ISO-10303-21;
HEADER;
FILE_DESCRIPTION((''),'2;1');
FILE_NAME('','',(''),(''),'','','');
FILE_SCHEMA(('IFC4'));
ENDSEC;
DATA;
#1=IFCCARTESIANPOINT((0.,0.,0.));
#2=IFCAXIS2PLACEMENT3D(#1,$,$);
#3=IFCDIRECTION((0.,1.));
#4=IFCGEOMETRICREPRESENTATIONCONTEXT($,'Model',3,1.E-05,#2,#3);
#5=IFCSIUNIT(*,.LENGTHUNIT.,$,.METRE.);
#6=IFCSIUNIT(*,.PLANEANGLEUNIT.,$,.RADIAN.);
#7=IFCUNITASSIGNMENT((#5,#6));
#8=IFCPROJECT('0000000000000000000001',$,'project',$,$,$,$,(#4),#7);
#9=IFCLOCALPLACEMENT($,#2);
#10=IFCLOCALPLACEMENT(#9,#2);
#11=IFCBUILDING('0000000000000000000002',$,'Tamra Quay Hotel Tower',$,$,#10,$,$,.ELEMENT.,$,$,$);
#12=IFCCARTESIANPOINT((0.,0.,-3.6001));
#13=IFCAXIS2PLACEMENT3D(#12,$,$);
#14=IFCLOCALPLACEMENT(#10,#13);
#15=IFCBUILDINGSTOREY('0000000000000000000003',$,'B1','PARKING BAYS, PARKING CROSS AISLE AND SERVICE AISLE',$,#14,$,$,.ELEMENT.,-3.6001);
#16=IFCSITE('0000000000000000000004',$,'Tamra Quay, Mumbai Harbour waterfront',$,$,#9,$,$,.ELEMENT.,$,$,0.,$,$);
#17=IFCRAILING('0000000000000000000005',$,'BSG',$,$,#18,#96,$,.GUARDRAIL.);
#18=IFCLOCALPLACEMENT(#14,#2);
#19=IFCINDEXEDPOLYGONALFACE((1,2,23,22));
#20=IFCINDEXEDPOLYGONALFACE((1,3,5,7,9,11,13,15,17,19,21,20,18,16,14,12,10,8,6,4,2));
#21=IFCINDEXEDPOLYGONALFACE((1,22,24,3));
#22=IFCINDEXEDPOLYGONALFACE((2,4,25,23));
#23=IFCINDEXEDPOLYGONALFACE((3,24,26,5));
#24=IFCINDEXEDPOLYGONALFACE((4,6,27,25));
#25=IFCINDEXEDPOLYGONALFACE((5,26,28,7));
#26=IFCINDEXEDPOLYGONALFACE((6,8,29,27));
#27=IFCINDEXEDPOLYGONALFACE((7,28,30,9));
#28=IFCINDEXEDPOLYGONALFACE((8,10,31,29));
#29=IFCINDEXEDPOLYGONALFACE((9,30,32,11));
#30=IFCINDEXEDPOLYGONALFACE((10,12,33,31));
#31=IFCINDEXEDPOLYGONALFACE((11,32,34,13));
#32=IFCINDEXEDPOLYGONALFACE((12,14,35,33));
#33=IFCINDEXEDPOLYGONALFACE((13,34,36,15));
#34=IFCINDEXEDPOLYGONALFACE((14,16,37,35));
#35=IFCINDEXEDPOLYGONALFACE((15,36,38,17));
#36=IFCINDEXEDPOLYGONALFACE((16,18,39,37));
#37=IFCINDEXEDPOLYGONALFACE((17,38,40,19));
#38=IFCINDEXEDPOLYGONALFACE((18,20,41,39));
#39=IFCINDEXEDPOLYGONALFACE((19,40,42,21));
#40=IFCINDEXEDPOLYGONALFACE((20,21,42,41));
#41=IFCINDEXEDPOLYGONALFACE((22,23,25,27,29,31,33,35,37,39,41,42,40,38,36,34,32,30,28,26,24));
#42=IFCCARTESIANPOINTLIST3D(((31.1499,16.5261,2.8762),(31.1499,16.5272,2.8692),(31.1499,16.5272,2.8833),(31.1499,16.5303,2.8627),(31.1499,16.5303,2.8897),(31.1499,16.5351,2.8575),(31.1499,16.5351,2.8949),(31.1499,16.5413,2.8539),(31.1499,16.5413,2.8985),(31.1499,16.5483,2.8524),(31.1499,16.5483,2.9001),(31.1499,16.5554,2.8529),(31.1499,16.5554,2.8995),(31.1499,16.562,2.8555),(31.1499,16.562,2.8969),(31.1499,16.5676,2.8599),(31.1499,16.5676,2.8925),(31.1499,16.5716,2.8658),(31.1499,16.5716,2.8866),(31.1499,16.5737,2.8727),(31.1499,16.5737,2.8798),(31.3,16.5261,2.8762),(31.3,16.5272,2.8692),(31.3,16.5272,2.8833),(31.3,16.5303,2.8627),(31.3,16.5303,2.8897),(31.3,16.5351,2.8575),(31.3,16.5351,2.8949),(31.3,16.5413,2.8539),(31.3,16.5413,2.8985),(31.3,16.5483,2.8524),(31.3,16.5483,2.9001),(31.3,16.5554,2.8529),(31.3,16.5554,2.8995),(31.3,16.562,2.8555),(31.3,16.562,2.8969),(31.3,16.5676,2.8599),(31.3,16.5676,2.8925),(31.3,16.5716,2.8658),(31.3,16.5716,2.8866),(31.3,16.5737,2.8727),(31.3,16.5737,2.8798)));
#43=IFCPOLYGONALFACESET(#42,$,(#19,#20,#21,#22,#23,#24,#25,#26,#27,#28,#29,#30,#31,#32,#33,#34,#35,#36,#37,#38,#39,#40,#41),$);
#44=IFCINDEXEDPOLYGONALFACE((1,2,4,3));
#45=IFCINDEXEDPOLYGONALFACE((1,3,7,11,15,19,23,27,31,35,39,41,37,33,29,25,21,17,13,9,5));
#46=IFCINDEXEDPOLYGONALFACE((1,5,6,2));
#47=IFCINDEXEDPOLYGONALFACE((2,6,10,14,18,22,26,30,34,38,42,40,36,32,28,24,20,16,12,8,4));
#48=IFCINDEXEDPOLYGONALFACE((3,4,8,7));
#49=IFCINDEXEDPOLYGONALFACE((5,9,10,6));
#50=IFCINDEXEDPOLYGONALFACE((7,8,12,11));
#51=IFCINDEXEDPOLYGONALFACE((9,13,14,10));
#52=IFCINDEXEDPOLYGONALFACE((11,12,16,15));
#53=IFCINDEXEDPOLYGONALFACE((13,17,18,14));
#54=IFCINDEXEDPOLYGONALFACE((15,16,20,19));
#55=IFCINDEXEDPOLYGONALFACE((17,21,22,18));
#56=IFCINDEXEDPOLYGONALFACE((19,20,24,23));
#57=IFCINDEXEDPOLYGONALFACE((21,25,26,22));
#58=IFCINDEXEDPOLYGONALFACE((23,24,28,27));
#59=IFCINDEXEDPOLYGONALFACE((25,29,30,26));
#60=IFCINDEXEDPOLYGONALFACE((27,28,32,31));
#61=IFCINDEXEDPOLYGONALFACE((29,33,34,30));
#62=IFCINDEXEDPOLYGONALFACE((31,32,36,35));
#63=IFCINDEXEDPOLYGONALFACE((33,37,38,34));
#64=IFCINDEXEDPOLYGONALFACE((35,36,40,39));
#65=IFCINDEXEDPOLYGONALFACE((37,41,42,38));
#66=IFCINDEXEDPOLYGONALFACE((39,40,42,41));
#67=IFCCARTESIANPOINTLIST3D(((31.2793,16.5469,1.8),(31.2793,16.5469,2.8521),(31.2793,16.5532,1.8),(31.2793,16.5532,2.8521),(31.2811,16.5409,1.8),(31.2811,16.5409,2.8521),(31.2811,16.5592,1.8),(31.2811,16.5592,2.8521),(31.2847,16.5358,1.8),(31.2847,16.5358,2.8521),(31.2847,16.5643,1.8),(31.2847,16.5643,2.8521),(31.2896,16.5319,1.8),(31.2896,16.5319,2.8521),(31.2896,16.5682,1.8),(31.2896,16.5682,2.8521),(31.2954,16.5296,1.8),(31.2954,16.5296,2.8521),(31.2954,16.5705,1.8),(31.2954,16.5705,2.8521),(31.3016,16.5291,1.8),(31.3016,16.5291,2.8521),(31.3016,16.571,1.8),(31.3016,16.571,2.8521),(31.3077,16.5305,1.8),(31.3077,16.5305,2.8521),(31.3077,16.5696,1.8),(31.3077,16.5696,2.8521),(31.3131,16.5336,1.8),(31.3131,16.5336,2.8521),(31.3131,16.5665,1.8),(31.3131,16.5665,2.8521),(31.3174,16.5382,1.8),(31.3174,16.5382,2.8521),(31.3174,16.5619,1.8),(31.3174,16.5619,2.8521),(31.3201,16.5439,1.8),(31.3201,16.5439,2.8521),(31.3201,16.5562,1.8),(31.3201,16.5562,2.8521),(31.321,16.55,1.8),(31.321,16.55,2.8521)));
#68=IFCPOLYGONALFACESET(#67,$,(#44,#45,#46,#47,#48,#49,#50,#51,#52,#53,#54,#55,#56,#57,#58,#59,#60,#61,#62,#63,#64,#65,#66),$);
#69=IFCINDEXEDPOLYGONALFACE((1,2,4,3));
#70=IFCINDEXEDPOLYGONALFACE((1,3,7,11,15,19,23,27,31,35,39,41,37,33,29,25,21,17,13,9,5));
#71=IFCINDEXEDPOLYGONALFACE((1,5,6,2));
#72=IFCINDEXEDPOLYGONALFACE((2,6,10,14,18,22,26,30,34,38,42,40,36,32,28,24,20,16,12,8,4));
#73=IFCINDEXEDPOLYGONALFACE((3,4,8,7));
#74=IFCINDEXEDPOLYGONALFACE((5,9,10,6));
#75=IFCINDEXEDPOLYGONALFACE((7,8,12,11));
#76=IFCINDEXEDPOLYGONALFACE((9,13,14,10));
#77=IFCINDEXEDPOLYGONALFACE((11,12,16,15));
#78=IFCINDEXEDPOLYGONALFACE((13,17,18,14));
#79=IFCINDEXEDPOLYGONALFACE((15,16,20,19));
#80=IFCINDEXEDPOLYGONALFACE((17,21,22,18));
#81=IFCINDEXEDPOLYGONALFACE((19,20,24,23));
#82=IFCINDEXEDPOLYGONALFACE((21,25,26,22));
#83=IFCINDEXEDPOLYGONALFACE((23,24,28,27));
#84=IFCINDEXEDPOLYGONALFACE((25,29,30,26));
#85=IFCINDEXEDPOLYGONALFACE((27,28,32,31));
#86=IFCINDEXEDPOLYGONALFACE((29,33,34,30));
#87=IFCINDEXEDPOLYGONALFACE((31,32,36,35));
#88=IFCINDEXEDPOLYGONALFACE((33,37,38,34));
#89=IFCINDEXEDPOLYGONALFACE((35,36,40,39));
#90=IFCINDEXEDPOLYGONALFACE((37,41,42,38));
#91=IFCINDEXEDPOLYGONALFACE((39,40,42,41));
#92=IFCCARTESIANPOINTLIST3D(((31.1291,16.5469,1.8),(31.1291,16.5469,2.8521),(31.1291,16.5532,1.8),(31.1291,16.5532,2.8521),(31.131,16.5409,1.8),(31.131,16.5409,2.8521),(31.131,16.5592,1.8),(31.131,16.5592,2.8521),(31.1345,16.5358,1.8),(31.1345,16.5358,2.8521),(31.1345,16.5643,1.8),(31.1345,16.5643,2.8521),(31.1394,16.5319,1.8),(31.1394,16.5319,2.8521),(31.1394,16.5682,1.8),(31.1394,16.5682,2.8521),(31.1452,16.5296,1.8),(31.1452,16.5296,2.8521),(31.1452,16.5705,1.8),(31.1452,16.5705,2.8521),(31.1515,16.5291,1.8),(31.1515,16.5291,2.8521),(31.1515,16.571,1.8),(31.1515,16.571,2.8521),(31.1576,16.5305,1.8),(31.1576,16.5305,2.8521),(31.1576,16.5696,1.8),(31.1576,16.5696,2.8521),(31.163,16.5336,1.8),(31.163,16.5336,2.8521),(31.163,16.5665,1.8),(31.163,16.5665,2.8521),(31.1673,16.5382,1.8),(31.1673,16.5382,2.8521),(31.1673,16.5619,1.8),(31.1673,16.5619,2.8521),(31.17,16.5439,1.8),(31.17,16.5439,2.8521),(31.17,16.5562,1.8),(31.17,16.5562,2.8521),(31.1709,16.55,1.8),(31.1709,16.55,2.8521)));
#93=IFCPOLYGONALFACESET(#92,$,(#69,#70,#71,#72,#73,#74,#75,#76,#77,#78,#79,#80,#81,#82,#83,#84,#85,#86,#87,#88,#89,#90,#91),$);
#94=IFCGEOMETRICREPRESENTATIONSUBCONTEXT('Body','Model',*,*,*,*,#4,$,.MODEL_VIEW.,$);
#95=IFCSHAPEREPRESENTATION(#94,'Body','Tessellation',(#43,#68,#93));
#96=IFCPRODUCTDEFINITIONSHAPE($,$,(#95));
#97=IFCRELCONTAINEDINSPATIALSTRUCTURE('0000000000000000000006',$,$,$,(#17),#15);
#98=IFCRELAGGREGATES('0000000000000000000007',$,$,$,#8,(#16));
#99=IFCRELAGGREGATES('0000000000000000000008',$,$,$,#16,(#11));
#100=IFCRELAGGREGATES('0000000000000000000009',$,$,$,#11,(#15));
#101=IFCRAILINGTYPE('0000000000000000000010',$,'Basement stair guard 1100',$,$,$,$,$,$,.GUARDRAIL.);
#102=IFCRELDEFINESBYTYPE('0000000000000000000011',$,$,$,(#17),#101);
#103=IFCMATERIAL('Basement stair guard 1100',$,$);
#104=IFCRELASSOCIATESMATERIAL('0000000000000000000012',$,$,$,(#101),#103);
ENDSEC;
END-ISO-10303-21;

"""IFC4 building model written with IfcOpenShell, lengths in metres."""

from ifc_helpers import new_model, si_unit, direction, frame, origin, origin_2d, place, context, subcontext, project, spatial, circle, extrude, material, type_object, element, save


model = new_model("IFC4")

# Units and contexts
model_context = context("Model", 3, precision=1e-05, world=origin(), true_north=direction((0.0, 1.0)))
body_context = subcontext(model_context, "Body", "Model", "MODEL_VIEW")
ifc_project = project(units=[si_unit("LENGTHUNIT", "METRE"), si_unit("PLANEANGLEUNIT", "RADIAN")], contexts=[model_context])

# Site, building, storey
site_placement = place(None, origin())
site = spatial("IfcSite", under=ifc_project, at=site_placement, Name="Tamra Quay, Mumbai Harbour waterfront", CompositionType="ELEMENT", RefElevation=0.0)
building_placement = place(site_placement, origin())
building = spatial("IfcBuilding", under=site, at=building_placement, Name="Tamra Quay Hotel Tower", CompositionType="ELEMENT")
storey_placement = place(building_placement, frame((0.0, 0.0, -3.6001)))
storey = spatial("IfcBuildingStorey", under=building, at=storey_placement, Name="B1", Description="PARKING BAYS, PARKING CROSS AISLE AND SERVICE AISLE", CompositionType="ELEMENT", Elevation=-3.6001)

# Railing
ifc_material_1 = material(Name="Basement stair guard 1100")
railing_type_1 = type_object("IfcRailingType", Name="Basement stair guard 1100", PredefinedType="GUARDRAIL", material=ifc_material_1)
railing_1_placement = place(storey_placement, frame((31.3, 16.55, 1.8)))
element("IfcRailing", 1, at=railing_1_placement, inside=storey, type_object=railing_type_1, Name="BSG", PredefinedType="GUARDRAIL", context=body_context, shape_type="SweptSolid", body=[
    extrude(circle(Radius=0.0239, at=origin_2d()), frame((0.0, 0.0, 1.0762), z_axis=(-1.0, 0.0, 0.0), x_axis=(0.0, -1.0, 0.0)), (0.0, 0.0, 1.0), 0.1501),
    extrude(circle(Radius=0.021, at=origin_2d()), origin(), (0.0, 0.0, 1.0), 1.052),
    extrude(circle(Radius=0.021, at=origin_2d()), frame((-0.1501, 0.0, 0.0)), (0.0, 0.0, 1.0), 1.052),
])

save(model, "model.ifc")
